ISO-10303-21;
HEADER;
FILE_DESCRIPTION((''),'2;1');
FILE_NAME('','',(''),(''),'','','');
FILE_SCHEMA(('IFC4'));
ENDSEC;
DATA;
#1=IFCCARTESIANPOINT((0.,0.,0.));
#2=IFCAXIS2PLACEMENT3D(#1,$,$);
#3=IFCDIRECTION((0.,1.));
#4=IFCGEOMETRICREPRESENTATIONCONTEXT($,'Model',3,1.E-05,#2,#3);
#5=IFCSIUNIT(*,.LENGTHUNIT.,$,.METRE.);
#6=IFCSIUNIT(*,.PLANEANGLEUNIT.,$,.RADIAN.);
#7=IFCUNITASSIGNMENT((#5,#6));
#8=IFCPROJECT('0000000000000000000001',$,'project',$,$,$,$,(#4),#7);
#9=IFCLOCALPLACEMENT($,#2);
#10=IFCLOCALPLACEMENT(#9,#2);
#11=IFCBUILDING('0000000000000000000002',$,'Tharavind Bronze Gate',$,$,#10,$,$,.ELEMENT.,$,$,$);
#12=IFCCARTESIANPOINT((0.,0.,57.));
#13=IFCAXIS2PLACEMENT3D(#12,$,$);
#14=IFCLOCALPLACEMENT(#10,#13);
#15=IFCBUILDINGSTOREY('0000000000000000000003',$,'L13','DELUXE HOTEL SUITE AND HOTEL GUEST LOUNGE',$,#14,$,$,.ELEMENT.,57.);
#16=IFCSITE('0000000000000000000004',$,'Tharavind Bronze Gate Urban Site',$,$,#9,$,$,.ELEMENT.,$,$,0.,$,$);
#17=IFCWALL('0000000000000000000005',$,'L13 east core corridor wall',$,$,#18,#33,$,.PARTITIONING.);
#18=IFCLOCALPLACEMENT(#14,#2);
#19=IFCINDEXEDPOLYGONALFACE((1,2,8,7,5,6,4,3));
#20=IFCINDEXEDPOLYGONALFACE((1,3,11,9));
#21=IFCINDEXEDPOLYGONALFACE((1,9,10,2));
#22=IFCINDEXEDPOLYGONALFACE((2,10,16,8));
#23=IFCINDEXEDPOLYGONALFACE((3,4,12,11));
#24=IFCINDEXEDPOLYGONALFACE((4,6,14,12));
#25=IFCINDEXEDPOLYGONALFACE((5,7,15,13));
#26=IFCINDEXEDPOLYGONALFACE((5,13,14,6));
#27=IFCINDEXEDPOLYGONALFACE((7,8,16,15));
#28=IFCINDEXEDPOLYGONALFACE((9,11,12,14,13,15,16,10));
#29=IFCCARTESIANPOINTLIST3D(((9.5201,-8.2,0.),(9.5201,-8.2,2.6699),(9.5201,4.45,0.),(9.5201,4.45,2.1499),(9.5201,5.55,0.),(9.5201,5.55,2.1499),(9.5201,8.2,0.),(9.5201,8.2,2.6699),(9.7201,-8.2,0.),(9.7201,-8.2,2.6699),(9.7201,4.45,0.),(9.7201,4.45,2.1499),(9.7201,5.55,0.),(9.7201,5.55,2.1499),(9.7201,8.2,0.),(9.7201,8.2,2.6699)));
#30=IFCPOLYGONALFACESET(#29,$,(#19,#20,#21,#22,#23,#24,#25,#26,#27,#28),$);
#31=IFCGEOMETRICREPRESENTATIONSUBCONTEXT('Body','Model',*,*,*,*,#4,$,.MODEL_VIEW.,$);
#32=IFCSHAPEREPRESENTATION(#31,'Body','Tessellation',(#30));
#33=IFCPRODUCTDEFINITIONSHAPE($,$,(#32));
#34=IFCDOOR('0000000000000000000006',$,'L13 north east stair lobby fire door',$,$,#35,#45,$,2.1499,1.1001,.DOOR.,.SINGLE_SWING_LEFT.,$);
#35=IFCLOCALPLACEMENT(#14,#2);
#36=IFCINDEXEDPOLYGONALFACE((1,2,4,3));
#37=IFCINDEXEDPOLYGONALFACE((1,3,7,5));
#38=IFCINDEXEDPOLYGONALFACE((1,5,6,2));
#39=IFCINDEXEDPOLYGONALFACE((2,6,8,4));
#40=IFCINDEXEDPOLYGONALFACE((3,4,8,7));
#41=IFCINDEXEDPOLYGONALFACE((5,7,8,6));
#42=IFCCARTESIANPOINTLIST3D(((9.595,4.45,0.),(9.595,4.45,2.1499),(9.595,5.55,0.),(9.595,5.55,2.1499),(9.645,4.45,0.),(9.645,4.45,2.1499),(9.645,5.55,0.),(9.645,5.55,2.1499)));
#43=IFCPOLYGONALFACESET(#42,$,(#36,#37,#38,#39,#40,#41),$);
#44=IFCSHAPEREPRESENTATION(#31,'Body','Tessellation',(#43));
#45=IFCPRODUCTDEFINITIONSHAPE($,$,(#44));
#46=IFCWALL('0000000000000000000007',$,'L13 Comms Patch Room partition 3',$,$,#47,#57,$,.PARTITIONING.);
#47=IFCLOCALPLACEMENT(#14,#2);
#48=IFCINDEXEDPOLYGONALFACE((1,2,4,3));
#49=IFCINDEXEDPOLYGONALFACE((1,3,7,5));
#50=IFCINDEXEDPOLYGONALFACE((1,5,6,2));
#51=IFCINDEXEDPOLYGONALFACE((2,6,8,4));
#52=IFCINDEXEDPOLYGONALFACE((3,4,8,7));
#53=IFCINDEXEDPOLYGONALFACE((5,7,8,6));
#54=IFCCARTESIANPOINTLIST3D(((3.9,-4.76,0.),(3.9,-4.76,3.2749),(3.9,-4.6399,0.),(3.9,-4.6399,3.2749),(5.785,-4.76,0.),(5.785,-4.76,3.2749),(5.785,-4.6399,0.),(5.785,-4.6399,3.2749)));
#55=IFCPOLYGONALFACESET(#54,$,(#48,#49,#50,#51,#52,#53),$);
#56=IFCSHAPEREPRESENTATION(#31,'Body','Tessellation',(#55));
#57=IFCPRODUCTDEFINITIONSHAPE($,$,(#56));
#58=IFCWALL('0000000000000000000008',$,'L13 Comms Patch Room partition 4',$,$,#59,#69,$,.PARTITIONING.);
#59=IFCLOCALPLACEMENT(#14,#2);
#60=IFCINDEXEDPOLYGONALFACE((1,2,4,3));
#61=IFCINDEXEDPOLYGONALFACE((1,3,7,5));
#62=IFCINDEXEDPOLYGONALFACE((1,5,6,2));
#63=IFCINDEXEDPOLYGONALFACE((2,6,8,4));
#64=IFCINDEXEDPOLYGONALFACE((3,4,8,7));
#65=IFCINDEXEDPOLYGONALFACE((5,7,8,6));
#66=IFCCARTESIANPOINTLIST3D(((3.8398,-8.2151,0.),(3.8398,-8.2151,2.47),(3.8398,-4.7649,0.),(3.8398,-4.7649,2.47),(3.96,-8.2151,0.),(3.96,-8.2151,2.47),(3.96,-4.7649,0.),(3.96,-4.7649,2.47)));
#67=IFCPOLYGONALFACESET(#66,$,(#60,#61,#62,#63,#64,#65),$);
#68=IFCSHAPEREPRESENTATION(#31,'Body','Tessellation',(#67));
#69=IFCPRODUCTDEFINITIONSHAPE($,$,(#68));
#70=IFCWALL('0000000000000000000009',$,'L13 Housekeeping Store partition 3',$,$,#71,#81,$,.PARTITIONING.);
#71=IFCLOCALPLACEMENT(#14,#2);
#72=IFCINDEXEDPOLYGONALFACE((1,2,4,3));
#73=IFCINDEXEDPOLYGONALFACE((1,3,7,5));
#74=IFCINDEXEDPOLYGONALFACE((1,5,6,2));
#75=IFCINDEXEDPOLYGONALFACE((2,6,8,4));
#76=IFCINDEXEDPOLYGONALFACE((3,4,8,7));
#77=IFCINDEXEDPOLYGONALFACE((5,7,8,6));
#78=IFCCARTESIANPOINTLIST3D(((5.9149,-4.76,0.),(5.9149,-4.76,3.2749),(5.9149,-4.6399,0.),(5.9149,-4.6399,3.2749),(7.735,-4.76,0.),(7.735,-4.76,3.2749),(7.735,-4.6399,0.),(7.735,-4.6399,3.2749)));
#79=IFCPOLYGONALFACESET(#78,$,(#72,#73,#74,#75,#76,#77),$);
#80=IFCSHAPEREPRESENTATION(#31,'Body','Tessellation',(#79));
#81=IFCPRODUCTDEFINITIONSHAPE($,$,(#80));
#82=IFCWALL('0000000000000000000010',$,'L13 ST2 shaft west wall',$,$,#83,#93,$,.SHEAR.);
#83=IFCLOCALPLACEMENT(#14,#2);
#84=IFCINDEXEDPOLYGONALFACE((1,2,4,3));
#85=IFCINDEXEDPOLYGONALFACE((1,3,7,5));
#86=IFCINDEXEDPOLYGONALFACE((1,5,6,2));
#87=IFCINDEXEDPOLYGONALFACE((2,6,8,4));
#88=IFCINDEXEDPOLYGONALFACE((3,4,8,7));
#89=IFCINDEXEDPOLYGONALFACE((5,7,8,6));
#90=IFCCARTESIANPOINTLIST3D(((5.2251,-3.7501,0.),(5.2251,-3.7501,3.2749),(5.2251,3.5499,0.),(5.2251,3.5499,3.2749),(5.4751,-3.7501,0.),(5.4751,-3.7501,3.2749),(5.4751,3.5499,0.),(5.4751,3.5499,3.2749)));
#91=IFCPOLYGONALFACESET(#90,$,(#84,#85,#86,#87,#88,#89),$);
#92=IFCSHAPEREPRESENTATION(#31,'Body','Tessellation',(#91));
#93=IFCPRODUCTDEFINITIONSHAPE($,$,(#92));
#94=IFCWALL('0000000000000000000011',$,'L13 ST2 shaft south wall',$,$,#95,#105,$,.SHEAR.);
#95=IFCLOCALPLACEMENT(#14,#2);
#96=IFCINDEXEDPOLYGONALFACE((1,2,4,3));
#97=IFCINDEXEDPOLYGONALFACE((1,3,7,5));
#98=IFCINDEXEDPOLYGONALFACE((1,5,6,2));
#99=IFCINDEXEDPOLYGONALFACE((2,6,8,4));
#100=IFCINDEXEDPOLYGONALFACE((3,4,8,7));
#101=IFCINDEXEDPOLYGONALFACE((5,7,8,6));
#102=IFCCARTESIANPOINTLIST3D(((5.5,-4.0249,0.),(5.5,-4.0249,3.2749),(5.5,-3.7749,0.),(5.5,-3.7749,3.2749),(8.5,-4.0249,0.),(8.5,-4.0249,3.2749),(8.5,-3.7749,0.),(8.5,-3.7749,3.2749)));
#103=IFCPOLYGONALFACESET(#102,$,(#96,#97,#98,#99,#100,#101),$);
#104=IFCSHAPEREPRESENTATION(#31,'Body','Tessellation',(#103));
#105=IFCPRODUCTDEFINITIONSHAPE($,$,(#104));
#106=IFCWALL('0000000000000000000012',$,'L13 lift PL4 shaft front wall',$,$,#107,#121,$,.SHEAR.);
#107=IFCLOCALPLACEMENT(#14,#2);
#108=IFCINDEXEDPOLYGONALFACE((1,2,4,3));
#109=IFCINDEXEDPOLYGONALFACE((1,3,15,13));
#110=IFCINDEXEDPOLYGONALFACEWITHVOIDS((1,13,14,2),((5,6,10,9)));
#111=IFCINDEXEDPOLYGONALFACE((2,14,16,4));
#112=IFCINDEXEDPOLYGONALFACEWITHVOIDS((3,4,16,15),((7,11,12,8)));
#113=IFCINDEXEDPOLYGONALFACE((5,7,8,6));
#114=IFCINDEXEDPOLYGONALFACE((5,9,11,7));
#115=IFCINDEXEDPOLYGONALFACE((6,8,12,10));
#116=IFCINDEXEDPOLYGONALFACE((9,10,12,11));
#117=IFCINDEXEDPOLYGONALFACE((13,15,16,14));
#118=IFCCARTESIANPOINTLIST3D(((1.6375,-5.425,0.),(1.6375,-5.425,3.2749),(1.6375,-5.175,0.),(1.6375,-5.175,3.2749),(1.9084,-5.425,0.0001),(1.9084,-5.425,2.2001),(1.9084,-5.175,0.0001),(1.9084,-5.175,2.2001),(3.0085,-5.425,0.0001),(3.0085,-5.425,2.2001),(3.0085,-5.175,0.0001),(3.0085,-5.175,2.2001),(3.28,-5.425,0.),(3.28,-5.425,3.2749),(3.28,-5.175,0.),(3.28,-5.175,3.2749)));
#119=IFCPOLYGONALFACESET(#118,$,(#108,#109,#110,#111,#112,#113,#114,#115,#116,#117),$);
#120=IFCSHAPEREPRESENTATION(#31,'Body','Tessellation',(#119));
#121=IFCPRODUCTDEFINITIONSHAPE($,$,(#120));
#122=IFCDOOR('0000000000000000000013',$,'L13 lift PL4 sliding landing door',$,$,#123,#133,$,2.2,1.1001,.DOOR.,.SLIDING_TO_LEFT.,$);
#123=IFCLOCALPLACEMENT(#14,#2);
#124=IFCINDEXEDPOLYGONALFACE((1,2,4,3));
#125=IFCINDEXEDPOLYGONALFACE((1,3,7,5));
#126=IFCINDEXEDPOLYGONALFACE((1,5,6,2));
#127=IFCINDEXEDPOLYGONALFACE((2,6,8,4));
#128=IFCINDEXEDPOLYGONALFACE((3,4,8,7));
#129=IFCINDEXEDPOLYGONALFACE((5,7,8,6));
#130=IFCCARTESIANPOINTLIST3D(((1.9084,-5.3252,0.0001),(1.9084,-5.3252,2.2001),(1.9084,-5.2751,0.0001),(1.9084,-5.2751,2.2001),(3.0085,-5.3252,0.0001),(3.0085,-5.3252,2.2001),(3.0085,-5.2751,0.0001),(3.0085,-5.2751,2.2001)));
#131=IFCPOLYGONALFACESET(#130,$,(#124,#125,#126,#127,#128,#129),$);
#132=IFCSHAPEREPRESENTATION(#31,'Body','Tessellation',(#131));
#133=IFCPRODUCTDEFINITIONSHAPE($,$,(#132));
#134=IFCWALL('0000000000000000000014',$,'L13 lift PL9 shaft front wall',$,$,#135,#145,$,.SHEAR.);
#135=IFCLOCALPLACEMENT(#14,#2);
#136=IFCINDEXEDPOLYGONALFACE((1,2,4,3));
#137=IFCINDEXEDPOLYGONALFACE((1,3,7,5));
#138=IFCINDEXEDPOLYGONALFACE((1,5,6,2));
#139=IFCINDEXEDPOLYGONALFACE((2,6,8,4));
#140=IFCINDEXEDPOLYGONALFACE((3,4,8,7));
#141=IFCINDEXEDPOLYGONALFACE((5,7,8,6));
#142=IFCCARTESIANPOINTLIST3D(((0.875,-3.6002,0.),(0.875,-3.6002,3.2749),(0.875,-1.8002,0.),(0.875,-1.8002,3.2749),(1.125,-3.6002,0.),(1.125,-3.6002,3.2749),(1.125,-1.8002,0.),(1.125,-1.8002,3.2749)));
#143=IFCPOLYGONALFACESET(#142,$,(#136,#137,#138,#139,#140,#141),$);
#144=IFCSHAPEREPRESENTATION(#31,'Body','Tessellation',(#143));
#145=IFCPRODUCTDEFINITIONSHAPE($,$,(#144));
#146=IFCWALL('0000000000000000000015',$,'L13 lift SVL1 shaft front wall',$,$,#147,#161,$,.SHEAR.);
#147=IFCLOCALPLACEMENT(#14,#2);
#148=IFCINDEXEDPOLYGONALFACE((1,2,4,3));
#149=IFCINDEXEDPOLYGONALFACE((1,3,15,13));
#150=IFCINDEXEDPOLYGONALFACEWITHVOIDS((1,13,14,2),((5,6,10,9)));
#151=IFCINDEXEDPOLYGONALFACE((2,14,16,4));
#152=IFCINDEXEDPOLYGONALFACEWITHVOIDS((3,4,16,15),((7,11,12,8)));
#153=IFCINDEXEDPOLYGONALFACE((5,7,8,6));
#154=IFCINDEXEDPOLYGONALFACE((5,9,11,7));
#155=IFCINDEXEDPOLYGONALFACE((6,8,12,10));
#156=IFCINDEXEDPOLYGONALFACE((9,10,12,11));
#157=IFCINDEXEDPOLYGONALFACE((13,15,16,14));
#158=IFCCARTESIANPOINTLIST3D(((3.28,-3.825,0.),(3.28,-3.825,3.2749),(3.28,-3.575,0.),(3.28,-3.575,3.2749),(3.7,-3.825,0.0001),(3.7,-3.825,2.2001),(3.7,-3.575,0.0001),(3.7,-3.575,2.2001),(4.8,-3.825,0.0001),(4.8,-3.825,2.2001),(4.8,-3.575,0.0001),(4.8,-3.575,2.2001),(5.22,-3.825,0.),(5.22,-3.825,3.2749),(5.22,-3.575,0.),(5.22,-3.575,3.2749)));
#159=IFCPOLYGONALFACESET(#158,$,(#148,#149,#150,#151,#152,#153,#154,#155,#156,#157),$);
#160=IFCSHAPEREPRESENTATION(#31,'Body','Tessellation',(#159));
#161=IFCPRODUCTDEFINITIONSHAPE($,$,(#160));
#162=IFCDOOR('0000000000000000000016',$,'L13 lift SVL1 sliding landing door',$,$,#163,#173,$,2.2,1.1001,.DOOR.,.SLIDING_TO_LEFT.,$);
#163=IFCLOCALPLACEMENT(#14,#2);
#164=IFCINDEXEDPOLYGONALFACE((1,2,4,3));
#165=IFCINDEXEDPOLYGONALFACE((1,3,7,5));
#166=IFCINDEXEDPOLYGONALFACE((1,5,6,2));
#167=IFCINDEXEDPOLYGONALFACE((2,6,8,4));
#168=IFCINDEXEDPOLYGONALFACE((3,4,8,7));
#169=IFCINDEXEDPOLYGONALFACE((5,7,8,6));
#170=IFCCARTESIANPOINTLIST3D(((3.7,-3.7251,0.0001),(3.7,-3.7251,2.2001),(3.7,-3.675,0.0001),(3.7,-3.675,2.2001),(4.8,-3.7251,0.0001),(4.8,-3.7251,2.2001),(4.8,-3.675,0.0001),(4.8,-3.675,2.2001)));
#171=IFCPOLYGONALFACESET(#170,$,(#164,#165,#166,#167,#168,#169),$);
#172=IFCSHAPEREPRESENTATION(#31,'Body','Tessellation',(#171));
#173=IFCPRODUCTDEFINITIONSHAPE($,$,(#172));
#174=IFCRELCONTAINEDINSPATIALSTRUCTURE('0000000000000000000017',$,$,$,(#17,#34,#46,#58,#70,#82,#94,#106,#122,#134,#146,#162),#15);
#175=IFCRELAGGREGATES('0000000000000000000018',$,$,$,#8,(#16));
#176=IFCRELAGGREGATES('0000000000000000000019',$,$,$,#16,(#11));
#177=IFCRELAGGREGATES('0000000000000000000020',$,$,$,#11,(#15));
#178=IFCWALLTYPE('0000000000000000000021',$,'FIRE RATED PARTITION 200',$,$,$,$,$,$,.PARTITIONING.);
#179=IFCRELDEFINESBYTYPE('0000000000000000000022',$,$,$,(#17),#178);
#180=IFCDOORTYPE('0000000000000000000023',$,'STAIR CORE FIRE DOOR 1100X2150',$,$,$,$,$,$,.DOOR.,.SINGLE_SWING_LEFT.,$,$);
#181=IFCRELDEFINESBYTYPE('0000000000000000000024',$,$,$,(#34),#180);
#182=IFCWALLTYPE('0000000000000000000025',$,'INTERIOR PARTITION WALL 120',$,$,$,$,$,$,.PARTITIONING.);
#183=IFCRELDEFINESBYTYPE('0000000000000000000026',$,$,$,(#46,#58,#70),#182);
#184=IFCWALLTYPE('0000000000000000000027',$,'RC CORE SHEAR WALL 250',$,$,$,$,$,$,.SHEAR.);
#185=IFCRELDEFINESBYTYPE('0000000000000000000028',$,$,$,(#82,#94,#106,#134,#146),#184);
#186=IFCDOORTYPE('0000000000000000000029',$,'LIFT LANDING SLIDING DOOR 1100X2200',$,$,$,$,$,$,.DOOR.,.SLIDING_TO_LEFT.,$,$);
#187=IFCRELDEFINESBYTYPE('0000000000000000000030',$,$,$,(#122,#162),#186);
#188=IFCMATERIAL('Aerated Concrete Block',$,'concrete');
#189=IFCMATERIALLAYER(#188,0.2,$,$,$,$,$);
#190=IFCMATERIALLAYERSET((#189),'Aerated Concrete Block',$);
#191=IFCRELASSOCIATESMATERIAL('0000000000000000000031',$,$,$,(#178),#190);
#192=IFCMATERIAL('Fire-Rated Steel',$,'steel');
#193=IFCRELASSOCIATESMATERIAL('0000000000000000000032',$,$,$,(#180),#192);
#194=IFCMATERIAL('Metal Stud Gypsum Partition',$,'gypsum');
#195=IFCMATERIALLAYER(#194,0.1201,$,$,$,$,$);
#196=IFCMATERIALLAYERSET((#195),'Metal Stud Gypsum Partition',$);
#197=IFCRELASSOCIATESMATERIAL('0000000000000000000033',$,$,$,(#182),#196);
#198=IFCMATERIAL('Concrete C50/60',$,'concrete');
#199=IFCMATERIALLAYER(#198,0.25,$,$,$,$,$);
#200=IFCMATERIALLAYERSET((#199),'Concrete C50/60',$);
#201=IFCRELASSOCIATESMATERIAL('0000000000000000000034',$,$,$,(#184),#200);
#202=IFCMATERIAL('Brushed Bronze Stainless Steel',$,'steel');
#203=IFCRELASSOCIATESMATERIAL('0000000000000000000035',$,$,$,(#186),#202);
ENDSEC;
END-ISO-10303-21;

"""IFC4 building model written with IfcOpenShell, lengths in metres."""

from ifc_helpers import new_model, si_unit, direction, frame, frame_2d, origin, place, context, subcontext, project, spatial, rectangle, extrude, material, layer, layer_set, type_object, element, fill, save


model = new_model("IFC4")

# Units and contexts
model_context = context("Model", 3, precision=1e-05, world=origin(), true_north=direction((0.0, 1.0)))
body_context = subcontext(model_context, "Body", "Model", "MODEL_VIEW")
ifc_project = project(units=[si_unit("LENGTHUNIT", "METRE"), si_unit("PLANEANGLEUNIT", "RADIAN")], contexts=[model_context])

# Site, building, storey
site_placement = place(None, origin())
site = spatial("IfcSite", under=ifc_project, at=site_placement, Name="Tharavind Bronze Gate Urban Site", CompositionType="ELEMENT", RefElevation=0.0)
building_placement = place(site_placement, origin())
building = spatial("IfcBuilding", under=site, at=building_placement, Name="Tharavind Bronze Gate", CompositionType="ELEMENT")
storey_placement = place(building_placement, frame((0.0, 0.0, 57.0)))
storey = spatial("IfcBuildingStorey", under=building, at=storey_placement, Name="L13", Description="DELUXE HOTEL SUITE AND HOTEL GUEST LOUNGE", CompositionType="ELEMENT", Elevation=57.0)

# Wall, opening, door
ifc_material_1 = material(Name="Aerated Concrete Block", Category="concrete")
ifc_layer_1 = layer(ifc_material_1, 0.2)
ifc_layer_set_1 = layer_set([ifc_layer_1], Name="Aerated Concrete Block")
wall_type_1 = type_object("IfcWallType", Name="FIRE RATED PARTITION 200", PredefinedType="PARTITIONING", material=ifc_layer_set_1)
wall_1_placement = place(storey_placement, frame((9.6201, -8.2, 0.0), z_axis=(0.0, 0.0, 1.0), x_axis=(0.0, 1.0, 0.0)))
wall_1 = element("IfcWall", 1, at=wall_1_placement, inside=storey, type_object=wall_type_1, Name="L13 east core corridor wall", PredefinedType="PARTITIONING", context=body_context, shape_type="SweptSolid", body=[
    extrude(rectangle(XDim=16.3999, YDim=0.2, at=frame_2d((8.2, 0.0))), origin(), (0.0, 0.0, 1.0), 2.6699),
])
opening_1_placement = place(wall_1_placement, frame((12.6499, 0.0, 0.0)))
opening_1 = element("IfcOpeningElement", 2, at=opening_1_placement, cuts=wall_1, PredefinedType="OPENING", context=body_context, shape_type="SweptSolid", body=[
    extrude(rectangle(XDim=1.1001, YDim=2.1499, at=frame_2d((0.55, 1.075))), frame((0.0, 0.1101, 0.0), z_axis=(0.0, -1.0, 0.0), x_axis=(1.0, 0.0, 0.0)), (0.0, 0.0, 1.0), 0.22),
])
ifc_material_2 = material(Name="Fire-Rated Steel", Category="steel")
door_type_1 = type_object("IfcDoorType", Name="STAIR CORE FIRE DOOR 1100X2150", OperationType="SINGLE_SWING_LEFT", PredefinedType="DOOR", material=ifc_material_2)
door_1_placement = place(opening_1_placement, frame((1.1001, 0.0, 0.0), z_axis=(0.0, 0.0, 1.0), x_axis=(-1.0, 0.0, 0.0)))
door_1 = element("IfcDoor", 3, at=door_1_placement, inside=storey, type_object=door_type_1, Name="L13 north east stair lobby fire door", OperationType="SINGLE_SWING_LEFT", OverallHeight=2.1499, OverallWidth=1.1001, PredefinedType="DOOR", context=body_context, shape_type="SweptSolid", body=[
    extrude(rectangle(XDim=1.1001, YDim=2.1499, at=frame_2d((0.55, 1.075))), frame((0.0, 0.0249, 0.0), z_axis=(0.0, -1.0, 0.0), x_axis=(1.0, 0.0, 0.0)), (0.0, 0.0, 1.0), 0.05),
])
fill(opening_1, door_1)

# Walls
ifc_material_3 = material(Name="Metal Stud Gypsum Partition", Category="gypsum")
ifc_layer_2 = layer(ifc_material_3, 0.1201)
ifc_layer_set_2 = layer_set([ifc_layer_2], Name="Metal Stud Gypsum Partition")
wall_type_2 = type_object("IfcWallType", Name="INTERIOR PARTITION WALL 120", PredefinedType="PARTITIONING", material=ifc_layer_set_2)
wall_2_placement = place(storey_placement, frame((5.7849, -4.7, 0.0), z_axis=(0.0, 0.0, 1.0), x_axis=(-1.0, 0.0, 0.0)))
element("IfcWall", 4, at=wall_2_placement, inside=storey, type_object=wall_type_2, Name="L13 Comms Patch Room partition 3", PredefinedType="PARTITIONING", context=body_context, shape_type="SweptSolid", body=[
    extrude(rectangle(XDim=1.885, YDim=0.1201, at=frame_2d((0.9424, 0.0))), origin(), (0.0, 0.0, 1.0), 3.2749),
])
wall_3_placement = place(storey_placement, frame((3.8999, -4.7649, 0.0), z_axis=(0.0, 0.0, 1.0), x_axis=(0.0, -1.0, 0.0)))
element("IfcWall", 5, at=wall_3_placement, inside=storey, type_object=wall_type_2, Name="L13 Comms Patch Room partition 4", PredefinedType="PARTITIONING", context=body_context, shape_type="SweptSolid", body=[
    extrude(rectangle(XDim=3.4502, YDim=0.1201, at=frame_2d((1.7251, 0.0))), origin(), (0.0, 0.0, 1.0), 2.47),
])
wall_4_placement = place(storey_placement, frame((7.7351, -4.7, 0.0), z_axis=(0.0, 0.0, 1.0), x_axis=(-1.0, 0.0, 0.0)))
element("IfcWall", 6, at=wall_4_placement, inside=storey, type_object=wall_type_2, Name="L13 Housekeeping Store partition 3", PredefinedType="PARTITIONING", context=body_context, shape_type="SweptSolid", body=[
    extrude(rectangle(XDim=1.8201, YDim=0.1201, at=frame_2d((0.9102, 0.0))), origin(), (0.0, 0.0, 1.0), 3.2749),
])
ifc_material_4 = material(Name="Concrete C50/60", Category="concrete")
ifc_layer_3 = layer(ifc_material_4, 0.25)
ifc_layer_set_3 = layer_set([ifc_layer_3], Name="Concrete C50/60")
wall_type_3 = type_object("IfcWallType", Name="RC CORE SHEAR WALL 250", PredefinedType="SHEAR", material=ifc_layer_set_3)
wall_5_placement = place(storey_placement, frame((5.3501, -3.75, 0.0), z_axis=(0.0, 0.0, 1.0), x_axis=(0.0, 1.0, 0.0)))
element("IfcWall", 7, at=wall_5_placement, inside=storey, type_object=wall_type_3, Name="L13 ST2 shaft west wall", PredefinedType="SHEAR", context=body_context, shape_type="SweptSolid", body=[
    extrude(rectangle(XDim=7.3, YDim=0.25, at=frame_2d((3.6499, 0.0))), origin(), (0.0, 0.0, 1.0), 3.2749),
])
wall_6_placement = place(storey_placement, frame((5.5, -3.8999, 0.0), z_axis=(0.0, 0.0, 1.0), x_axis=(1.0, 0.0, 0.0)))
element("IfcWall", 8, at=wall_6_placement, inside=storey, type_object=wall_type_3, Name="L13 ST2 shaft south wall", PredefinedType="SHEAR", context=body_context, shape_type="SweptSolid", body=[
    extrude(rectangle(XDim=3.0, YDim=0.25, at=frame_2d((1.5, 0.0))), origin(), (0.0, 0.0, 1.0), 3.2749),
])

# Wall, opening, door
wall_7_placement = place(storey_placement, frame((1.6375, -5.3, 0.0), z_axis=(0.0, 0.0, 1.0), x_axis=(1.0, 0.0, 0.0)))
wall_7 = element("IfcWall", 9, at=wall_7_placement, inside=storey, type_object=wall_type_3, Name="L13 lift PL4 shaft front wall", PredefinedType="SHEAR", context=body_context, shape_type="SweptSolid", body=[
    extrude(rectangle(XDim=1.6426, YDim=0.25, at=frame_2d((0.8213, 0.0))), origin(), (0.0, 0.0, 1.0), 3.2749),
])
opening_2_placement = place(wall_7_placement, frame((0.271, 0.0, 0.0)))
opening_2 = element("IfcOpeningElement", 10, at=opening_2_placement, cuts=wall_7, PredefinedType="OPENING", context=body_context, shape_type="SweptSolid", body=[
    extrude(rectangle(XDim=1.1001, YDim=2.2, at=frame_2d((0.55, 1.1001))), frame((0.0, 0.135, 0.0), z_axis=(0.0, -1.0, 0.0), x_axis=(1.0, 0.0, 0.0)), (0.0, 0.0, 1.0), 0.27),
])
ifc_material_5 = material(Name="Brushed Bronze Stainless Steel", Category="steel")
door_type_2 = type_object("IfcDoorType", Name="LIFT LANDING SLIDING DOOR 1100X2200", OperationType="SLIDING_TO_LEFT", PredefinedType="DOOR", material=ifc_material_5)
door_2_placement = place(opening_2_placement, origin())
door_2 = element("IfcDoor", 11, at=door_2_placement, inside=storey, type_object=door_type_2, Name="L13 lift PL4 sliding landing door", OperationType="SLIDING_TO_LEFT", OverallHeight=2.2, OverallWidth=1.1001, PredefinedType="DOOR", context=body_context, shape_type="SweptSolid", body=[
    extrude(rectangle(XDim=1.1001, YDim=2.2, at=frame_2d((0.55, 1.1001))), frame((0.0, 0.0249, 0.0), z_axis=(0.0, -1.0, 0.0), x_axis=(1.0, 0.0, 0.0)), (0.0, 0.0, 1.0), 0.05),
])
fill(opening_2, door_2)

# Wall
wall_8_placement = place(storey_placement, frame((1.0, -3.6001, 0.0), z_axis=(0.0, 0.0, 1.0), x_axis=(0.0, 1.0, 0.0)))
element("IfcWall", 12, at=wall_8_placement, inside=storey, type_object=wall_type_3, Name="L13 lift PL9 shaft front wall", PredefinedType="SHEAR", context=body_context, shape_type="SweptSolid", body=[
    extrude(rectangle(XDim=1.8, YDim=0.25, at=frame_2d((0.8999, 0.0))), origin(), (0.0, 0.0, 1.0), 3.2749),
])

# Wall, opening, door
wall_9_placement = place(storey_placement, frame((3.28, -3.7, 0.0), z_axis=(0.0, 0.0, 1.0), x_axis=(1.0, 0.0, 0.0)))
wall_9 = element("IfcWall", 13, at=wall_9_placement, inside=storey, type_object=wall_type_3, Name="L13 lift SVL1 shaft front wall", PredefinedType="SHEAR", context=body_context, shape_type="SweptSolid", body=[
    extrude(rectangle(XDim=1.9399, YDim=0.25, at=frame_2d((0.97, 0.0))), origin(), (0.0, 0.0, 1.0), 3.2749),
])
opening_3_placement = place(wall_9_placement, frame((0.4199, 0.0, 0.0)))
opening_3 = element("IfcOpeningElement", 14, at=opening_3_placement, cuts=wall_9, PredefinedType="OPENING", context=body_context, shape_type="SweptSolid", body=[
    extrude(rectangle(XDim=1.1001, YDim=2.2, at=frame_2d((0.55, 1.1001))), frame((0.0, 0.135, 0.0), z_axis=(0.0, -1.0, 0.0), x_axis=(1.0, 0.0, 0.0)), (0.0, 0.0, 1.0), 0.27),
])
door_3_placement = place(opening_3_placement, origin())
door_3 = element("IfcDoor", 15, at=door_3_placement, inside=storey, type_object=door_type_2, Name="L13 lift SVL1 sliding landing door", OperationType="SLIDING_TO_LEFT", OverallHeight=2.2, OverallWidth=1.1001, PredefinedType="DOOR", context=body_context, shape_type="SweptSolid", body=[
    extrude(rectangle(XDim=1.1001, YDim=2.2, at=frame_2d((0.55, 1.1001))), frame((0.0, 0.0249, 0.0), z_axis=(0.0, -1.0, 0.0), x_axis=(1.0, 0.0, 0.0)), (0.0, 0.0, 1.0), 0.05),
])
fill(opening_3, door_3)

save(model, "model.ifc")
